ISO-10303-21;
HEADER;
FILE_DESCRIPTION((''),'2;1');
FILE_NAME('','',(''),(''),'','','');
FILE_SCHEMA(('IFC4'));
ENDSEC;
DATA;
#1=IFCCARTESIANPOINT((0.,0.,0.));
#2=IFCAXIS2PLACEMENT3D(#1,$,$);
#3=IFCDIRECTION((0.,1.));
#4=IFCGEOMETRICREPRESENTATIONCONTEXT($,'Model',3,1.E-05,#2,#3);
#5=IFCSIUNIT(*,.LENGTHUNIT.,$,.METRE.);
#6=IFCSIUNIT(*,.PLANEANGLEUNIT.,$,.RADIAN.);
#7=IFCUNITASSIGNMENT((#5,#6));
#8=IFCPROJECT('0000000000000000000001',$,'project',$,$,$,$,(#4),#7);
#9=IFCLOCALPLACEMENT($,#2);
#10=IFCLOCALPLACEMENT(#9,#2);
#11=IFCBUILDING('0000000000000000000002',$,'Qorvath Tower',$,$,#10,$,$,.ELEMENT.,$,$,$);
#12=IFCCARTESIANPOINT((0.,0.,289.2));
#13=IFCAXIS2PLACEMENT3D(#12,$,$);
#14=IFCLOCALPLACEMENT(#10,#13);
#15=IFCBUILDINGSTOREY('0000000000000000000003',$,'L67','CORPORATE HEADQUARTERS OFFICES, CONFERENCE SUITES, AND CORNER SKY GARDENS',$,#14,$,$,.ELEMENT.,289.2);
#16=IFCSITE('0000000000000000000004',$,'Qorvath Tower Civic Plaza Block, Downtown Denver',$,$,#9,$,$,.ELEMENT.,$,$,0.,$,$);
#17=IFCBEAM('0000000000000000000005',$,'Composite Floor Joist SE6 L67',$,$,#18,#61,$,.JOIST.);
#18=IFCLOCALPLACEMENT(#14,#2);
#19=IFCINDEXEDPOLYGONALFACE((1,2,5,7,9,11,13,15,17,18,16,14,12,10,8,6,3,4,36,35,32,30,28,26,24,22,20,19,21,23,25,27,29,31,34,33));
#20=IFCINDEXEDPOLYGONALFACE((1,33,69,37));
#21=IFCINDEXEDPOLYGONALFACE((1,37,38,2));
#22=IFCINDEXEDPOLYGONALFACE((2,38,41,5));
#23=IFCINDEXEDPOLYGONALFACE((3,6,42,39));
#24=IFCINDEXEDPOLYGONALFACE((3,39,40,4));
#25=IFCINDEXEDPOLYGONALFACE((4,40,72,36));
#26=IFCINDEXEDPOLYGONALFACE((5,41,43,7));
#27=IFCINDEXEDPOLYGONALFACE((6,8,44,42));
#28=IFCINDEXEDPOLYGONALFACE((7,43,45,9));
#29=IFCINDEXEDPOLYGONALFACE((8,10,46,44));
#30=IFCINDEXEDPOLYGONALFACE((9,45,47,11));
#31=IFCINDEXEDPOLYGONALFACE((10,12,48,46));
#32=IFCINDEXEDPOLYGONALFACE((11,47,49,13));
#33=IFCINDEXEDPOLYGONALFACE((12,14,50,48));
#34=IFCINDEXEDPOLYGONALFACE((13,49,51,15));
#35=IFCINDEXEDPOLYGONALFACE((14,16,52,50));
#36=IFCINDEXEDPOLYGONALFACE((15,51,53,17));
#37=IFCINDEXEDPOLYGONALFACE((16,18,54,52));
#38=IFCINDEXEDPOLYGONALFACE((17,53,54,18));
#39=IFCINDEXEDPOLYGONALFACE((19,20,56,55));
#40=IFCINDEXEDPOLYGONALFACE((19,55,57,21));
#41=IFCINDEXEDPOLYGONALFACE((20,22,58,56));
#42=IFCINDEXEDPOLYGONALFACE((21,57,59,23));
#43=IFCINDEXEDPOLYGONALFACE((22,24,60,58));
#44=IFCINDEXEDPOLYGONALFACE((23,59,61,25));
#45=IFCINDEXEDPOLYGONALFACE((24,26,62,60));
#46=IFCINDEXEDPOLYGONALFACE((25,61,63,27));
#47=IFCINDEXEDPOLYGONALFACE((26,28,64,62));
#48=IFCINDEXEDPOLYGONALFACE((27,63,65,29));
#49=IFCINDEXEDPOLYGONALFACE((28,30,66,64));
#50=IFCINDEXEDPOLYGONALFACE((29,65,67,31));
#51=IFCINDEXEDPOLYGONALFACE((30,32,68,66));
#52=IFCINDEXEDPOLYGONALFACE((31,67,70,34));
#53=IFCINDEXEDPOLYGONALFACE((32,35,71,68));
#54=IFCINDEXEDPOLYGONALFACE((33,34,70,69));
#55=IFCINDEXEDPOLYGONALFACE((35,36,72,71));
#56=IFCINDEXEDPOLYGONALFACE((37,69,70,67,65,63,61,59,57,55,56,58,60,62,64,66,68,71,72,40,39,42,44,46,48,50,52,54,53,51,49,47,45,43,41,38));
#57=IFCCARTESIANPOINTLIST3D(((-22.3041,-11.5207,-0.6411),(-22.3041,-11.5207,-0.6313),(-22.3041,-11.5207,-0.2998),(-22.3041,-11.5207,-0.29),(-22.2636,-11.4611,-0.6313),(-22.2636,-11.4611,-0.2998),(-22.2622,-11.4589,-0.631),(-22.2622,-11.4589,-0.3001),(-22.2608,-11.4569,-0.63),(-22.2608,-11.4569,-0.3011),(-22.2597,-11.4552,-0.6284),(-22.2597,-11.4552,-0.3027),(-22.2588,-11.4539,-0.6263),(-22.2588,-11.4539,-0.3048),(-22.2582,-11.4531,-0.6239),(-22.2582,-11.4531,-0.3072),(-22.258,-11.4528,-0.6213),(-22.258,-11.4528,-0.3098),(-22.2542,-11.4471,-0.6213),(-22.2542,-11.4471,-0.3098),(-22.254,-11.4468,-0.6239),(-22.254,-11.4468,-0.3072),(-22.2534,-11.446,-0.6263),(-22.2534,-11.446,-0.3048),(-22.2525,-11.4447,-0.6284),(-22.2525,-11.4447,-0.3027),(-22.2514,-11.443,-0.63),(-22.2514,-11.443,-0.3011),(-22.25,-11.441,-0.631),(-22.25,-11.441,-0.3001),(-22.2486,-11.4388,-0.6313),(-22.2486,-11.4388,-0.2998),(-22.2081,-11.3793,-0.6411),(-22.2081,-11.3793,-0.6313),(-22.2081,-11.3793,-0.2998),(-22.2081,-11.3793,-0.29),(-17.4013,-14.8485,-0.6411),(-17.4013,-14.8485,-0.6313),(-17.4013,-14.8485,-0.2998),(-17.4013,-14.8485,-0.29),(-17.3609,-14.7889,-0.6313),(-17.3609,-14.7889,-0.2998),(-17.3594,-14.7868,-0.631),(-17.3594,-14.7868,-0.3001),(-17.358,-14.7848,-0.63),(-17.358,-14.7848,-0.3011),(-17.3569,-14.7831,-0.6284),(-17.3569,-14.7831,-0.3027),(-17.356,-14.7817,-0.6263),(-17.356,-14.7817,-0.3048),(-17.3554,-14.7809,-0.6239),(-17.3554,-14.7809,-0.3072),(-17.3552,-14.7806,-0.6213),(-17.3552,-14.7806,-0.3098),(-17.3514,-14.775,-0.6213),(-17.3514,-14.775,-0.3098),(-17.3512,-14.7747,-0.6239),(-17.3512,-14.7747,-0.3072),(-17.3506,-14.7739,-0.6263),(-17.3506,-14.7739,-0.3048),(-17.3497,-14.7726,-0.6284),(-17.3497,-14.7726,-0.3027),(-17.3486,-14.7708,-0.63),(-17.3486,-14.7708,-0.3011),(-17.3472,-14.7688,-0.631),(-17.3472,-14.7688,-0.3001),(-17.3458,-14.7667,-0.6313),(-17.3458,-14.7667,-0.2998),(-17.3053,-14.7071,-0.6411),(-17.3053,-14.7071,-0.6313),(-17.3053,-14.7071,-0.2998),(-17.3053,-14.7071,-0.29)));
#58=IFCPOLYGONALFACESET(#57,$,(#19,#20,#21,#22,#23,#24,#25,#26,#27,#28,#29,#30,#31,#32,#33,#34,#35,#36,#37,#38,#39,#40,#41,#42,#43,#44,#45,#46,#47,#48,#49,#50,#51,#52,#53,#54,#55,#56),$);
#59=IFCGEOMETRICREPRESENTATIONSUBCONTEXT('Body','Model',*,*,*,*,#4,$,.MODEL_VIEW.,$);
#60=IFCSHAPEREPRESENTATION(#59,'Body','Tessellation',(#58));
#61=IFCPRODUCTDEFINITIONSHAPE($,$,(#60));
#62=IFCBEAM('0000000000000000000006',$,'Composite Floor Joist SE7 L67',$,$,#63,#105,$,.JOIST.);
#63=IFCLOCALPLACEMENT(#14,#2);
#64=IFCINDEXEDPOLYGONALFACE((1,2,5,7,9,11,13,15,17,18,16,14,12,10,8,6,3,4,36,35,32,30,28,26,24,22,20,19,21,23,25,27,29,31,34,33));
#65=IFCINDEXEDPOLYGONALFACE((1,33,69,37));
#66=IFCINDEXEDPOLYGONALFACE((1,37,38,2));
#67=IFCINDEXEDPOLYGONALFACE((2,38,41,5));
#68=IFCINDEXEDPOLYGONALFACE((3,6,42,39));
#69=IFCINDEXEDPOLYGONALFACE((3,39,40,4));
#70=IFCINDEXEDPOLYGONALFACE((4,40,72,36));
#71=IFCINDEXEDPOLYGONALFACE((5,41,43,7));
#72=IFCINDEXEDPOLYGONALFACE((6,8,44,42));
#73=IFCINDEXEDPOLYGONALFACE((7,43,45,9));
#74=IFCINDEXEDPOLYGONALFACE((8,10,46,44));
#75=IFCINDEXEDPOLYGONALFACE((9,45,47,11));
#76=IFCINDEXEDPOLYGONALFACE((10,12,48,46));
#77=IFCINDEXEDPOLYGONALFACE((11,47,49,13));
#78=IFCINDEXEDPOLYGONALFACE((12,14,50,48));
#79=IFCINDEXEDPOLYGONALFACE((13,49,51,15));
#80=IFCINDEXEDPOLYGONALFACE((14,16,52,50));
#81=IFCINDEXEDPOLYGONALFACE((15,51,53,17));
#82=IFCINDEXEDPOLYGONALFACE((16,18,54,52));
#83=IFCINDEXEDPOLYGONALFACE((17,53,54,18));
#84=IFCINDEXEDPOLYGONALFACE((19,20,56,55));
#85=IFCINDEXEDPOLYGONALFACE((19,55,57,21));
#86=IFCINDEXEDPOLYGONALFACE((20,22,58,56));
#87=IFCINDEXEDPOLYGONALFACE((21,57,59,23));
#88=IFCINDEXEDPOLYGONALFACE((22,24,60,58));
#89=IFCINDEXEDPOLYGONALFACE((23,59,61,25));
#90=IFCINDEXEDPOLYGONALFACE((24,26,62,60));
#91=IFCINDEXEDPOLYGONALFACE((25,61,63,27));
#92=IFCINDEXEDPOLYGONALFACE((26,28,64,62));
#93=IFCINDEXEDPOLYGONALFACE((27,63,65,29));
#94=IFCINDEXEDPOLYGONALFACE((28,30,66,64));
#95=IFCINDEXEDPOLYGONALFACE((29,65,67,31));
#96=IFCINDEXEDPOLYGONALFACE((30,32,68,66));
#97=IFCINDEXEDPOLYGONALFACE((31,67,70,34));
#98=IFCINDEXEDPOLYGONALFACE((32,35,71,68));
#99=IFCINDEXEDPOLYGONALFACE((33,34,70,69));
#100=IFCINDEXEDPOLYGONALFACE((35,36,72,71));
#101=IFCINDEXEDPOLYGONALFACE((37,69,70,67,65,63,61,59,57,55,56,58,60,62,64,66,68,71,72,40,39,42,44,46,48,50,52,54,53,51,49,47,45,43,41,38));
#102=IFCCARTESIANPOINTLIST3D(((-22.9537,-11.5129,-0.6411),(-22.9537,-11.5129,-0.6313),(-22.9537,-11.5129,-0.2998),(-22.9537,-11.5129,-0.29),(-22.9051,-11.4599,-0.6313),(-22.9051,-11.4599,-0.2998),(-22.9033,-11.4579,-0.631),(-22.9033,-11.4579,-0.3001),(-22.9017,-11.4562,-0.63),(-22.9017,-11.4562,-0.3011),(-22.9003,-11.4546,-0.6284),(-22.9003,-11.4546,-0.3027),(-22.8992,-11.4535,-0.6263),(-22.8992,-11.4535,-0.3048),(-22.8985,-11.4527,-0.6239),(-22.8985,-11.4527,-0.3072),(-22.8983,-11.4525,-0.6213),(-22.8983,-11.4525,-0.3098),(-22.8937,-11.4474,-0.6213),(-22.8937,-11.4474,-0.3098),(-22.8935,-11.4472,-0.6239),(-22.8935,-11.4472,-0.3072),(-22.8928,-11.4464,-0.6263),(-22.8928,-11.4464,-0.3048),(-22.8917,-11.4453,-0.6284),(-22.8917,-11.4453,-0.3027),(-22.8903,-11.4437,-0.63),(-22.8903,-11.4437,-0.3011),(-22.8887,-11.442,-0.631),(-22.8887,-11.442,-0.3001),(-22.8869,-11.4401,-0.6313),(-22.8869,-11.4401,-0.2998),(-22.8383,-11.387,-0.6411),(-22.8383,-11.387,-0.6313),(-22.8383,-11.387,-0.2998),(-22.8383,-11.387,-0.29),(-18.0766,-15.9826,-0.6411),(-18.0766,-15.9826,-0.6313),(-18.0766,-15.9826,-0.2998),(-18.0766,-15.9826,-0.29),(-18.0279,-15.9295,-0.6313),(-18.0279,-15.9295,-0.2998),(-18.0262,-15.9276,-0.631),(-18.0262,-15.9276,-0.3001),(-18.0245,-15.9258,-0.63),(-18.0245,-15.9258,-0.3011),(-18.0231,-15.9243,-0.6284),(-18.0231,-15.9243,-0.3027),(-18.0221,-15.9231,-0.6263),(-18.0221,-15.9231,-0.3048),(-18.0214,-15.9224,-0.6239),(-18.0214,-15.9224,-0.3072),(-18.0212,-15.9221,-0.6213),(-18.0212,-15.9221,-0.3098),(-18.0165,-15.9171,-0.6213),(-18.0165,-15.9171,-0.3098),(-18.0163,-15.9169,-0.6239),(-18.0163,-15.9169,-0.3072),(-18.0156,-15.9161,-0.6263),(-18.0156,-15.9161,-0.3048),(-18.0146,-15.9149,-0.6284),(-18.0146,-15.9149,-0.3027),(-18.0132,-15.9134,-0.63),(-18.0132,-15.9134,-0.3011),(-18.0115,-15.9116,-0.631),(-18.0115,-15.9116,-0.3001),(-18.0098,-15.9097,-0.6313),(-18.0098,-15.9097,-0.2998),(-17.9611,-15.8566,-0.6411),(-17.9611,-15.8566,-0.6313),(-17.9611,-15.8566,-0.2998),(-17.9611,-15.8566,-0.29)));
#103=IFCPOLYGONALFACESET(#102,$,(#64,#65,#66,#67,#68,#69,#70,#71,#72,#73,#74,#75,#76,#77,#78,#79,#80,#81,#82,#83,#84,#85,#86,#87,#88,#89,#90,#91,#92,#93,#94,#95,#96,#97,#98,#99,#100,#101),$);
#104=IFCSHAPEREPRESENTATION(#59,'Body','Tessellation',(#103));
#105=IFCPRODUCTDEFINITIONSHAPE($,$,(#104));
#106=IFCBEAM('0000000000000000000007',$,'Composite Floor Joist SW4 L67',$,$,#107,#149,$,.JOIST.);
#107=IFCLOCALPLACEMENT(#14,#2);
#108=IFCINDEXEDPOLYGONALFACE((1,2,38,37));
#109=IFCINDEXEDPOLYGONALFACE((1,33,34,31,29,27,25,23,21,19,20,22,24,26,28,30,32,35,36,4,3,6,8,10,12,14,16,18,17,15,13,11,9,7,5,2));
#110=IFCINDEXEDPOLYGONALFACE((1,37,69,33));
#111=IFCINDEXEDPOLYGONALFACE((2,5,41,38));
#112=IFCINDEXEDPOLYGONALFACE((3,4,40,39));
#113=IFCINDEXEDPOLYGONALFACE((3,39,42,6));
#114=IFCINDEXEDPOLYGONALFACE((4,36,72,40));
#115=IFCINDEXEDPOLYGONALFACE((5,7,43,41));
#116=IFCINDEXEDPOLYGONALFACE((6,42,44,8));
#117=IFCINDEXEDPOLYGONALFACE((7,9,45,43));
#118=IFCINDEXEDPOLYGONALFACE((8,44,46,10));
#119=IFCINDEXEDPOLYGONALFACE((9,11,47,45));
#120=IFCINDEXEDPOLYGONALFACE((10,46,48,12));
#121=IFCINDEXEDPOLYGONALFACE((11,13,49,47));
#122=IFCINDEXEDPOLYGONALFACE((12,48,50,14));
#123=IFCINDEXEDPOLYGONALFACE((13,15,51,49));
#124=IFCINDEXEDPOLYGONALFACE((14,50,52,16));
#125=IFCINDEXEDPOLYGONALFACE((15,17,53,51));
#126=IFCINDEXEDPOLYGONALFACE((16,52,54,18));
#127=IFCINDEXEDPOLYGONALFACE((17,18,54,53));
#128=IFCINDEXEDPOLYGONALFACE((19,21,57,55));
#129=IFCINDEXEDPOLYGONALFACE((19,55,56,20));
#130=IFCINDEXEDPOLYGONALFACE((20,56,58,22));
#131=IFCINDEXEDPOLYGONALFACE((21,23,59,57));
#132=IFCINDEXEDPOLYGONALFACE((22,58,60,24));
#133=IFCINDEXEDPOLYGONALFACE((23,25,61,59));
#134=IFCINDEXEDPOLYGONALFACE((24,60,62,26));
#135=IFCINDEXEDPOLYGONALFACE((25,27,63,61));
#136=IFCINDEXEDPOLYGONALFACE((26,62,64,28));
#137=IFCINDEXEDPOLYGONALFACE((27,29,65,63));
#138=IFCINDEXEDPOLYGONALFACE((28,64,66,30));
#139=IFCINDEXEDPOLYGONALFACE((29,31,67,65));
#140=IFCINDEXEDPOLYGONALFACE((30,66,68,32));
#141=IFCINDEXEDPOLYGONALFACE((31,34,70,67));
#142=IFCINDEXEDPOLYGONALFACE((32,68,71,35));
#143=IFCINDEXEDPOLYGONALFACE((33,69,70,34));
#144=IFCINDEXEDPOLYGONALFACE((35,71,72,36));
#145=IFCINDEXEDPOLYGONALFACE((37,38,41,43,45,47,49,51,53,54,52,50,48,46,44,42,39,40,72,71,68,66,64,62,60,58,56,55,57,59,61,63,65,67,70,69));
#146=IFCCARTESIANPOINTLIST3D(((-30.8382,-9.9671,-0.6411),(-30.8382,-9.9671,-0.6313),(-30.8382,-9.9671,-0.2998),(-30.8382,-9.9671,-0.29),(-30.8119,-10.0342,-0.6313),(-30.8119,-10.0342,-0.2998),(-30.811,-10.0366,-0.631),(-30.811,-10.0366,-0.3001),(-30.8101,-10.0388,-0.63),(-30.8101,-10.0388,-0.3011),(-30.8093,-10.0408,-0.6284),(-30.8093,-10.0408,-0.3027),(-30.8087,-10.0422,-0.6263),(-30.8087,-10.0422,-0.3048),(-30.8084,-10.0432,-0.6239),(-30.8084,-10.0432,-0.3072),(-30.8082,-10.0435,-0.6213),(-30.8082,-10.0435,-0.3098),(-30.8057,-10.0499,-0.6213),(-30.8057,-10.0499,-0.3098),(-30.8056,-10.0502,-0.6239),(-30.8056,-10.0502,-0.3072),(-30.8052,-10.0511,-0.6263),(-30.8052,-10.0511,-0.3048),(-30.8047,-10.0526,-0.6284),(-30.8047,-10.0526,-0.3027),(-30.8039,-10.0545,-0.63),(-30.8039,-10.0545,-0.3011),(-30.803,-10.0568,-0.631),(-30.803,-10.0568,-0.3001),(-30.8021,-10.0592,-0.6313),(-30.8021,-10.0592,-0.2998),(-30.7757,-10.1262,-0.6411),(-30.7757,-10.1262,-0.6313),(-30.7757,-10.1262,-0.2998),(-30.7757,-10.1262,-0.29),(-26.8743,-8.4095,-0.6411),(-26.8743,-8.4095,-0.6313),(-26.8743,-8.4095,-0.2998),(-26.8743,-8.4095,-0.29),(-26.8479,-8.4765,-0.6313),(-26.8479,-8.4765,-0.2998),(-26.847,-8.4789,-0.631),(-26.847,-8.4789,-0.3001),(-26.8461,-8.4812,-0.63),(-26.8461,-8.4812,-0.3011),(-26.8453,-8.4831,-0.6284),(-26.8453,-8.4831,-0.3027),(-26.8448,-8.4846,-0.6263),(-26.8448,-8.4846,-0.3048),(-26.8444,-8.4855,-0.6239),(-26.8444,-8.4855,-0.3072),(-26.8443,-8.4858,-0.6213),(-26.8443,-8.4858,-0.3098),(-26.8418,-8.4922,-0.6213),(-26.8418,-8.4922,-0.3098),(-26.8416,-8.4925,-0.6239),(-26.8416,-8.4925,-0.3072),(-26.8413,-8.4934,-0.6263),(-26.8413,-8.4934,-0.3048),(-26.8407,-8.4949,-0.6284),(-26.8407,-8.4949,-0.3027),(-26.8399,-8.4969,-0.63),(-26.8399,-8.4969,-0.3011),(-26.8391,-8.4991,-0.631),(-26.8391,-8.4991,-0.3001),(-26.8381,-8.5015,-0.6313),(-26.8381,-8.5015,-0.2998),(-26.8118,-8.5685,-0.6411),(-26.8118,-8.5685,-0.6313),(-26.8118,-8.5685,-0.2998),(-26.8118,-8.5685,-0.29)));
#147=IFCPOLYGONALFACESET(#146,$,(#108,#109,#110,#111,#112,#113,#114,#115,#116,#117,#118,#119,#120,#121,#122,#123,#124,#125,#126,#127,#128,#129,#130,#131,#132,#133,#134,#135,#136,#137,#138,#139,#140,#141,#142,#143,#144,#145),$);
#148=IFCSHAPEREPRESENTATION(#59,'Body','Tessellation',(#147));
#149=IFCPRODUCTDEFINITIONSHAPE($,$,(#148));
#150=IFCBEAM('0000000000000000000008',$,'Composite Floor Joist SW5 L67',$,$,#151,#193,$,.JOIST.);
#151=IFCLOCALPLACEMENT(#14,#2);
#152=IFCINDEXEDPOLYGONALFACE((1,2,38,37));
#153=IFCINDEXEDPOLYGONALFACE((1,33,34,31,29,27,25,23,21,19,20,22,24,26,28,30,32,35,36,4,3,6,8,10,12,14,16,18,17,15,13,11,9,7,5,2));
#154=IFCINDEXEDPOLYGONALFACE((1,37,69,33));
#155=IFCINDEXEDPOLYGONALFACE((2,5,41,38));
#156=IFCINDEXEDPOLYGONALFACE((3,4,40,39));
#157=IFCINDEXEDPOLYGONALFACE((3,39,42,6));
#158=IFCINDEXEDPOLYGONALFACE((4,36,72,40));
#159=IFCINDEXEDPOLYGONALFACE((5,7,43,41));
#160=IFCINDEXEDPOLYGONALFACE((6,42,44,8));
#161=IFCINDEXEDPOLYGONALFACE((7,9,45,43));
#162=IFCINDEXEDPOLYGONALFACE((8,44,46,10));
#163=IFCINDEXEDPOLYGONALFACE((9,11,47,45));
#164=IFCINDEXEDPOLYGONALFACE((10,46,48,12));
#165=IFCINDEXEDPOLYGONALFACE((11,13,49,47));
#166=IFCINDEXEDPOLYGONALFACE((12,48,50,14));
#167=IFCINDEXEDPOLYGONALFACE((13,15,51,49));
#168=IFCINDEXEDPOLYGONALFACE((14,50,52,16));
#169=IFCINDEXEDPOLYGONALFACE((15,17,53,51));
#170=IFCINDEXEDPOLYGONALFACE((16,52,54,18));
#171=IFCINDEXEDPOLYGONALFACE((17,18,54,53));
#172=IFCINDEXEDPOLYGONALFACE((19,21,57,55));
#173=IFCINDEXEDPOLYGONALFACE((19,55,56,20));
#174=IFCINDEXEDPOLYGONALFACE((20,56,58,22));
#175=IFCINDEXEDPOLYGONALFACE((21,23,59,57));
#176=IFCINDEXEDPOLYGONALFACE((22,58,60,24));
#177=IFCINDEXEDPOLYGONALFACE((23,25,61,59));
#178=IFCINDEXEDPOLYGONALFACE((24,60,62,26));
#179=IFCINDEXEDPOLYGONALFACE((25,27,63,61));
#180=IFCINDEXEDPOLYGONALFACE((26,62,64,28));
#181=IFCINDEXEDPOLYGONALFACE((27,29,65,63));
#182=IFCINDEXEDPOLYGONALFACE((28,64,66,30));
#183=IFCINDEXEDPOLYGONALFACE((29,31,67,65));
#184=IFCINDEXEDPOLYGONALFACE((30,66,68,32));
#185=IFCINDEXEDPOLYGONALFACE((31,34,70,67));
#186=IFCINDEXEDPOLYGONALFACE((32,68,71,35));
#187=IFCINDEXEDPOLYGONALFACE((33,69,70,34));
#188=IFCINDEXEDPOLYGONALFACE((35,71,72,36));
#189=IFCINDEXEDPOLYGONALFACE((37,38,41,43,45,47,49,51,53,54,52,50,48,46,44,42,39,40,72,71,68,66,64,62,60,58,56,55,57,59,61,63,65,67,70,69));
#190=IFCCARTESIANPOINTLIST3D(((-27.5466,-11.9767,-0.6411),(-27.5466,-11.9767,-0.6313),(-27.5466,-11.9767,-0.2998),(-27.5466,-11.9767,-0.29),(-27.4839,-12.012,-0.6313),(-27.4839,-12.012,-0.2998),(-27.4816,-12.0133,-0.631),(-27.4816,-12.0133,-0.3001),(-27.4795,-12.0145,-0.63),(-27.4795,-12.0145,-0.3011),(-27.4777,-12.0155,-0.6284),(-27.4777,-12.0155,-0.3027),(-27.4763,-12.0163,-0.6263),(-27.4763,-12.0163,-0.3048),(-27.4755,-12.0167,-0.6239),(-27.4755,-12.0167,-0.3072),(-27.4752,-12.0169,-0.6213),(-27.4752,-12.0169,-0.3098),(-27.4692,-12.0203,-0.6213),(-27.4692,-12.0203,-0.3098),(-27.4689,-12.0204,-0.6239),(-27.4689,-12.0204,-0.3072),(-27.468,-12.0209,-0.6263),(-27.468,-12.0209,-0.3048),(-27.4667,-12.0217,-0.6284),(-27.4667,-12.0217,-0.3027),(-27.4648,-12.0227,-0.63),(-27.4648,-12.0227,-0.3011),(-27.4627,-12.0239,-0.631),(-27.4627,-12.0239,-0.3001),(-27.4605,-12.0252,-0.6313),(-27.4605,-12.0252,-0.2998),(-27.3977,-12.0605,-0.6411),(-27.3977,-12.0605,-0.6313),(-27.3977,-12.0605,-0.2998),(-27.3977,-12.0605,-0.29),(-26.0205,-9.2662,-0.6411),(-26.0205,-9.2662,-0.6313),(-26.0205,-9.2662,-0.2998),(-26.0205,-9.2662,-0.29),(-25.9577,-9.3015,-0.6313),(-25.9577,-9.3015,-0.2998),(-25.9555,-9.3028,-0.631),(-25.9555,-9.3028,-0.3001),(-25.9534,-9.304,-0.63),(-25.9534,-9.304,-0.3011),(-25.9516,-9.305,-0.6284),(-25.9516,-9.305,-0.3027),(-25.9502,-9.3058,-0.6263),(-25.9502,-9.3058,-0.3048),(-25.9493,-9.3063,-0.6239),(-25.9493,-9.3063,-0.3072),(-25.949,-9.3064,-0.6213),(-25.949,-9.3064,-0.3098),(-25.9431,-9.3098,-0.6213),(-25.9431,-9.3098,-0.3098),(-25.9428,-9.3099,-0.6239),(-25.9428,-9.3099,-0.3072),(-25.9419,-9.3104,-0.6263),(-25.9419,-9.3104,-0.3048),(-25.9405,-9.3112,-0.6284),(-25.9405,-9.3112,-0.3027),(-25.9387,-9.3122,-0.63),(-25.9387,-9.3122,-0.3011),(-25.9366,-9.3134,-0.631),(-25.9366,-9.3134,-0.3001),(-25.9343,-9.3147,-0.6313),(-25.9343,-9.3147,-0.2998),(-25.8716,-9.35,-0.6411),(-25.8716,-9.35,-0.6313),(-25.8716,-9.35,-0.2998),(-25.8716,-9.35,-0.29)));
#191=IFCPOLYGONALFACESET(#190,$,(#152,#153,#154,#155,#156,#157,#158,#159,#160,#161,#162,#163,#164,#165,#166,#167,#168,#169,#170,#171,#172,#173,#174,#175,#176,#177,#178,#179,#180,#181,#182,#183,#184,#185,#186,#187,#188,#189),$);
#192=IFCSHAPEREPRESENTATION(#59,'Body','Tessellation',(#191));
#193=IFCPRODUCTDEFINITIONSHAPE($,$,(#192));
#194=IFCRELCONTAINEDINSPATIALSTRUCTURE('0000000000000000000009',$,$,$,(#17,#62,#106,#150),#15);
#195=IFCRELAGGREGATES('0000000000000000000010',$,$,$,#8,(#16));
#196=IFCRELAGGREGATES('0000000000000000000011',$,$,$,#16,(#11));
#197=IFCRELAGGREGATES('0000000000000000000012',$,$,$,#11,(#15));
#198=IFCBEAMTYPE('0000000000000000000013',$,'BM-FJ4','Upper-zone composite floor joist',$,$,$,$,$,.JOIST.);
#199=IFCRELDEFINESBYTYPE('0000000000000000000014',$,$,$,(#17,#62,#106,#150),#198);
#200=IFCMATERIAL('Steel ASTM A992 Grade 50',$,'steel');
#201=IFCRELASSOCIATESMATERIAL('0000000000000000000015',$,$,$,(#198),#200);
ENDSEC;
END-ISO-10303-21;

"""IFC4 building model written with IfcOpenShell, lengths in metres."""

from ifc_helpers import new_model, si_unit, direction, frame, origin, origin_2d, place, context, subcontext, project, spatial, i_section, extrude, material, material_profile, profile_set, type_object, element, save


model = new_model("IFC4")

# Units and contexts
model_context = context("Model", 3, precision=1e-05, world=origin(), true_north=direction((0.0, 1.0)))
body_context = subcontext(model_context, "Body", "Model", "MODEL_VIEW")
ifc_project = project(units=[si_unit("LENGTHUNIT", "METRE"), si_unit("PLANEANGLEUNIT", "RADIAN")], contexts=[model_context])

# Site, building, storey
site_placement = place(None, origin())
site = spatial("IfcSite", under=ifc_project, at=site_placement, Name="Qorvath Tower Civic Plaza Block, Downtown Denver", CompositionType="ELEMENT", RefElevation=0.0)
building_placement = place(site_placement, origin())
building = spatial("IfcBuilding", under=site, at=building_placement, Name="Qorvath Tower", CompositionType="ELEMENT")
storey_placement = place(building_placement, frame((0.0, 0.0, 289.2)))
storey = spatial("IfcBuildingStorey", under=building, at=storey_placement, Name="L67", Description="CORPORATE HEADQUARTERS OFFICES, CONFERENCE SUITES, AND CORNER SKY GARDENS", CompositionType="ELEMENT", Elevation=289.2)

# Beams
ifc_material_1 = material(Name="Steel ASTM A992 Grade 50", Category="steel")
ifc_material_profile_1 = material_profile(ifc_material_1, i_section(OverallWidth=0.1709, OverallDepth=0.3511, WebThickness=0.0068, FlangeThickness=0.0098, FilletRadius=0.01, at=origin_2d()), Name="W14x30")
ifc_profile_set_1 = profile_set([ifc_material_profile_1], Name="Steel ASTM A992 Grade 50")
beam_type_1 = type_object("IfcBeamType", Name="BM-FJ4", Description="Upper-zone composite floor joist", PredefinedType="JOIST", material=ifc_profile_set_1)
beam_1_placement = place(storey_placement, frame((-22.2561, -11.45, -0.4656), z_axis=(0.827401, -0.561612, 0.0), x_axis=(0.561612, 0.827401, 0.0)))
element("IfcBeam", 1, at=beam_1_placement, inside=storey, type_object=beam_type_1, Name="Composite Floor Joist SE6 L67", PredefinedType="JOIST", context=body_context, shape_type="SweptSolid", body=[
    extrude(i_section(OverallWidth=0.1709, OverallDepth=0.3511, WebThickness=0.0068, FlangeThickness=0.0098, FilletRadius=0.01, at=origin_2d()), origin(), (0.0, 0.0, 1.0), 5.9255),
])
beam_2_placement = place(storey_placement, frame((-22.896, -11.45, -0.4656), z_axis=(0.737232, -0.675639, 0.0), x_axis=(0.675639, 0.737232, 0.0)))
element("IfcBeam", 2, at=beam_2_placement, inside=storey, type_object=beam_type_1, Name="Composite Floor Joist SE7 L67", PredefinedType="JOIST", context=body_context, shape_type="SweptSolid", body=[
    extrude(i_section(OverallWidth=0.1709, OverallDepth=0.3511, WebThickness=0.0068, FlangeThickness=0.0098, FilletRadius=0.01, at=origin_2d()), origin(), (0.0, 0.0, 1.0), 6.6155),
])
beam_3_placement = place(storey_placement, frame((-26.843, -8.489, -0.4656), z_axis=(-0.930721, -0.36573, 0.0), x_axis=(0.36573, -0.930721, 0.0)))
element("IfcBeam", 3, at=beam_3_placement, inside=storey, type_object=beam_type_1, Name="Composite Floor Joist SW4 L67", PredefinedType="JOIST", context=body_context, shape_type="SweptSolid", body=[
    extrude(i_section(OverallWidth=0.1709, OverallDepth=0.3511, WebThickness=0.0068, FlangeThickness=0.0098, FilletRadius=0.01, at=origin_2d()), origin(), (0.0, 0.0, 1.0), 4.259),
])
beam_4_placement = place(storey_placement, frame((-25.946, -9.3081, -0.4656), z_axis=(-0.490626, -0.87137, 0.0), x_axis=(0.87137, -0.490626, 0.0)))
element("IfcBeam", 4, at=beam_4_placement, inside=storey, type_object=beam_type_1, Name="Composite Floor Joist SW5 L67", PredefinedType="JOIST", context=body_context, shape_type="SweptSolid", body=[
    extrude(i_section(OverallWidth=0.1709, OverallDepth=0.3511, WebThickness=0.0068, FlangeThickness=0.0098, FilletRadius=0.01, at=origin_2d()), origin(), (0.0, 0.0, 1.0), 3.1106),
])

save(model, "model.ifc")
